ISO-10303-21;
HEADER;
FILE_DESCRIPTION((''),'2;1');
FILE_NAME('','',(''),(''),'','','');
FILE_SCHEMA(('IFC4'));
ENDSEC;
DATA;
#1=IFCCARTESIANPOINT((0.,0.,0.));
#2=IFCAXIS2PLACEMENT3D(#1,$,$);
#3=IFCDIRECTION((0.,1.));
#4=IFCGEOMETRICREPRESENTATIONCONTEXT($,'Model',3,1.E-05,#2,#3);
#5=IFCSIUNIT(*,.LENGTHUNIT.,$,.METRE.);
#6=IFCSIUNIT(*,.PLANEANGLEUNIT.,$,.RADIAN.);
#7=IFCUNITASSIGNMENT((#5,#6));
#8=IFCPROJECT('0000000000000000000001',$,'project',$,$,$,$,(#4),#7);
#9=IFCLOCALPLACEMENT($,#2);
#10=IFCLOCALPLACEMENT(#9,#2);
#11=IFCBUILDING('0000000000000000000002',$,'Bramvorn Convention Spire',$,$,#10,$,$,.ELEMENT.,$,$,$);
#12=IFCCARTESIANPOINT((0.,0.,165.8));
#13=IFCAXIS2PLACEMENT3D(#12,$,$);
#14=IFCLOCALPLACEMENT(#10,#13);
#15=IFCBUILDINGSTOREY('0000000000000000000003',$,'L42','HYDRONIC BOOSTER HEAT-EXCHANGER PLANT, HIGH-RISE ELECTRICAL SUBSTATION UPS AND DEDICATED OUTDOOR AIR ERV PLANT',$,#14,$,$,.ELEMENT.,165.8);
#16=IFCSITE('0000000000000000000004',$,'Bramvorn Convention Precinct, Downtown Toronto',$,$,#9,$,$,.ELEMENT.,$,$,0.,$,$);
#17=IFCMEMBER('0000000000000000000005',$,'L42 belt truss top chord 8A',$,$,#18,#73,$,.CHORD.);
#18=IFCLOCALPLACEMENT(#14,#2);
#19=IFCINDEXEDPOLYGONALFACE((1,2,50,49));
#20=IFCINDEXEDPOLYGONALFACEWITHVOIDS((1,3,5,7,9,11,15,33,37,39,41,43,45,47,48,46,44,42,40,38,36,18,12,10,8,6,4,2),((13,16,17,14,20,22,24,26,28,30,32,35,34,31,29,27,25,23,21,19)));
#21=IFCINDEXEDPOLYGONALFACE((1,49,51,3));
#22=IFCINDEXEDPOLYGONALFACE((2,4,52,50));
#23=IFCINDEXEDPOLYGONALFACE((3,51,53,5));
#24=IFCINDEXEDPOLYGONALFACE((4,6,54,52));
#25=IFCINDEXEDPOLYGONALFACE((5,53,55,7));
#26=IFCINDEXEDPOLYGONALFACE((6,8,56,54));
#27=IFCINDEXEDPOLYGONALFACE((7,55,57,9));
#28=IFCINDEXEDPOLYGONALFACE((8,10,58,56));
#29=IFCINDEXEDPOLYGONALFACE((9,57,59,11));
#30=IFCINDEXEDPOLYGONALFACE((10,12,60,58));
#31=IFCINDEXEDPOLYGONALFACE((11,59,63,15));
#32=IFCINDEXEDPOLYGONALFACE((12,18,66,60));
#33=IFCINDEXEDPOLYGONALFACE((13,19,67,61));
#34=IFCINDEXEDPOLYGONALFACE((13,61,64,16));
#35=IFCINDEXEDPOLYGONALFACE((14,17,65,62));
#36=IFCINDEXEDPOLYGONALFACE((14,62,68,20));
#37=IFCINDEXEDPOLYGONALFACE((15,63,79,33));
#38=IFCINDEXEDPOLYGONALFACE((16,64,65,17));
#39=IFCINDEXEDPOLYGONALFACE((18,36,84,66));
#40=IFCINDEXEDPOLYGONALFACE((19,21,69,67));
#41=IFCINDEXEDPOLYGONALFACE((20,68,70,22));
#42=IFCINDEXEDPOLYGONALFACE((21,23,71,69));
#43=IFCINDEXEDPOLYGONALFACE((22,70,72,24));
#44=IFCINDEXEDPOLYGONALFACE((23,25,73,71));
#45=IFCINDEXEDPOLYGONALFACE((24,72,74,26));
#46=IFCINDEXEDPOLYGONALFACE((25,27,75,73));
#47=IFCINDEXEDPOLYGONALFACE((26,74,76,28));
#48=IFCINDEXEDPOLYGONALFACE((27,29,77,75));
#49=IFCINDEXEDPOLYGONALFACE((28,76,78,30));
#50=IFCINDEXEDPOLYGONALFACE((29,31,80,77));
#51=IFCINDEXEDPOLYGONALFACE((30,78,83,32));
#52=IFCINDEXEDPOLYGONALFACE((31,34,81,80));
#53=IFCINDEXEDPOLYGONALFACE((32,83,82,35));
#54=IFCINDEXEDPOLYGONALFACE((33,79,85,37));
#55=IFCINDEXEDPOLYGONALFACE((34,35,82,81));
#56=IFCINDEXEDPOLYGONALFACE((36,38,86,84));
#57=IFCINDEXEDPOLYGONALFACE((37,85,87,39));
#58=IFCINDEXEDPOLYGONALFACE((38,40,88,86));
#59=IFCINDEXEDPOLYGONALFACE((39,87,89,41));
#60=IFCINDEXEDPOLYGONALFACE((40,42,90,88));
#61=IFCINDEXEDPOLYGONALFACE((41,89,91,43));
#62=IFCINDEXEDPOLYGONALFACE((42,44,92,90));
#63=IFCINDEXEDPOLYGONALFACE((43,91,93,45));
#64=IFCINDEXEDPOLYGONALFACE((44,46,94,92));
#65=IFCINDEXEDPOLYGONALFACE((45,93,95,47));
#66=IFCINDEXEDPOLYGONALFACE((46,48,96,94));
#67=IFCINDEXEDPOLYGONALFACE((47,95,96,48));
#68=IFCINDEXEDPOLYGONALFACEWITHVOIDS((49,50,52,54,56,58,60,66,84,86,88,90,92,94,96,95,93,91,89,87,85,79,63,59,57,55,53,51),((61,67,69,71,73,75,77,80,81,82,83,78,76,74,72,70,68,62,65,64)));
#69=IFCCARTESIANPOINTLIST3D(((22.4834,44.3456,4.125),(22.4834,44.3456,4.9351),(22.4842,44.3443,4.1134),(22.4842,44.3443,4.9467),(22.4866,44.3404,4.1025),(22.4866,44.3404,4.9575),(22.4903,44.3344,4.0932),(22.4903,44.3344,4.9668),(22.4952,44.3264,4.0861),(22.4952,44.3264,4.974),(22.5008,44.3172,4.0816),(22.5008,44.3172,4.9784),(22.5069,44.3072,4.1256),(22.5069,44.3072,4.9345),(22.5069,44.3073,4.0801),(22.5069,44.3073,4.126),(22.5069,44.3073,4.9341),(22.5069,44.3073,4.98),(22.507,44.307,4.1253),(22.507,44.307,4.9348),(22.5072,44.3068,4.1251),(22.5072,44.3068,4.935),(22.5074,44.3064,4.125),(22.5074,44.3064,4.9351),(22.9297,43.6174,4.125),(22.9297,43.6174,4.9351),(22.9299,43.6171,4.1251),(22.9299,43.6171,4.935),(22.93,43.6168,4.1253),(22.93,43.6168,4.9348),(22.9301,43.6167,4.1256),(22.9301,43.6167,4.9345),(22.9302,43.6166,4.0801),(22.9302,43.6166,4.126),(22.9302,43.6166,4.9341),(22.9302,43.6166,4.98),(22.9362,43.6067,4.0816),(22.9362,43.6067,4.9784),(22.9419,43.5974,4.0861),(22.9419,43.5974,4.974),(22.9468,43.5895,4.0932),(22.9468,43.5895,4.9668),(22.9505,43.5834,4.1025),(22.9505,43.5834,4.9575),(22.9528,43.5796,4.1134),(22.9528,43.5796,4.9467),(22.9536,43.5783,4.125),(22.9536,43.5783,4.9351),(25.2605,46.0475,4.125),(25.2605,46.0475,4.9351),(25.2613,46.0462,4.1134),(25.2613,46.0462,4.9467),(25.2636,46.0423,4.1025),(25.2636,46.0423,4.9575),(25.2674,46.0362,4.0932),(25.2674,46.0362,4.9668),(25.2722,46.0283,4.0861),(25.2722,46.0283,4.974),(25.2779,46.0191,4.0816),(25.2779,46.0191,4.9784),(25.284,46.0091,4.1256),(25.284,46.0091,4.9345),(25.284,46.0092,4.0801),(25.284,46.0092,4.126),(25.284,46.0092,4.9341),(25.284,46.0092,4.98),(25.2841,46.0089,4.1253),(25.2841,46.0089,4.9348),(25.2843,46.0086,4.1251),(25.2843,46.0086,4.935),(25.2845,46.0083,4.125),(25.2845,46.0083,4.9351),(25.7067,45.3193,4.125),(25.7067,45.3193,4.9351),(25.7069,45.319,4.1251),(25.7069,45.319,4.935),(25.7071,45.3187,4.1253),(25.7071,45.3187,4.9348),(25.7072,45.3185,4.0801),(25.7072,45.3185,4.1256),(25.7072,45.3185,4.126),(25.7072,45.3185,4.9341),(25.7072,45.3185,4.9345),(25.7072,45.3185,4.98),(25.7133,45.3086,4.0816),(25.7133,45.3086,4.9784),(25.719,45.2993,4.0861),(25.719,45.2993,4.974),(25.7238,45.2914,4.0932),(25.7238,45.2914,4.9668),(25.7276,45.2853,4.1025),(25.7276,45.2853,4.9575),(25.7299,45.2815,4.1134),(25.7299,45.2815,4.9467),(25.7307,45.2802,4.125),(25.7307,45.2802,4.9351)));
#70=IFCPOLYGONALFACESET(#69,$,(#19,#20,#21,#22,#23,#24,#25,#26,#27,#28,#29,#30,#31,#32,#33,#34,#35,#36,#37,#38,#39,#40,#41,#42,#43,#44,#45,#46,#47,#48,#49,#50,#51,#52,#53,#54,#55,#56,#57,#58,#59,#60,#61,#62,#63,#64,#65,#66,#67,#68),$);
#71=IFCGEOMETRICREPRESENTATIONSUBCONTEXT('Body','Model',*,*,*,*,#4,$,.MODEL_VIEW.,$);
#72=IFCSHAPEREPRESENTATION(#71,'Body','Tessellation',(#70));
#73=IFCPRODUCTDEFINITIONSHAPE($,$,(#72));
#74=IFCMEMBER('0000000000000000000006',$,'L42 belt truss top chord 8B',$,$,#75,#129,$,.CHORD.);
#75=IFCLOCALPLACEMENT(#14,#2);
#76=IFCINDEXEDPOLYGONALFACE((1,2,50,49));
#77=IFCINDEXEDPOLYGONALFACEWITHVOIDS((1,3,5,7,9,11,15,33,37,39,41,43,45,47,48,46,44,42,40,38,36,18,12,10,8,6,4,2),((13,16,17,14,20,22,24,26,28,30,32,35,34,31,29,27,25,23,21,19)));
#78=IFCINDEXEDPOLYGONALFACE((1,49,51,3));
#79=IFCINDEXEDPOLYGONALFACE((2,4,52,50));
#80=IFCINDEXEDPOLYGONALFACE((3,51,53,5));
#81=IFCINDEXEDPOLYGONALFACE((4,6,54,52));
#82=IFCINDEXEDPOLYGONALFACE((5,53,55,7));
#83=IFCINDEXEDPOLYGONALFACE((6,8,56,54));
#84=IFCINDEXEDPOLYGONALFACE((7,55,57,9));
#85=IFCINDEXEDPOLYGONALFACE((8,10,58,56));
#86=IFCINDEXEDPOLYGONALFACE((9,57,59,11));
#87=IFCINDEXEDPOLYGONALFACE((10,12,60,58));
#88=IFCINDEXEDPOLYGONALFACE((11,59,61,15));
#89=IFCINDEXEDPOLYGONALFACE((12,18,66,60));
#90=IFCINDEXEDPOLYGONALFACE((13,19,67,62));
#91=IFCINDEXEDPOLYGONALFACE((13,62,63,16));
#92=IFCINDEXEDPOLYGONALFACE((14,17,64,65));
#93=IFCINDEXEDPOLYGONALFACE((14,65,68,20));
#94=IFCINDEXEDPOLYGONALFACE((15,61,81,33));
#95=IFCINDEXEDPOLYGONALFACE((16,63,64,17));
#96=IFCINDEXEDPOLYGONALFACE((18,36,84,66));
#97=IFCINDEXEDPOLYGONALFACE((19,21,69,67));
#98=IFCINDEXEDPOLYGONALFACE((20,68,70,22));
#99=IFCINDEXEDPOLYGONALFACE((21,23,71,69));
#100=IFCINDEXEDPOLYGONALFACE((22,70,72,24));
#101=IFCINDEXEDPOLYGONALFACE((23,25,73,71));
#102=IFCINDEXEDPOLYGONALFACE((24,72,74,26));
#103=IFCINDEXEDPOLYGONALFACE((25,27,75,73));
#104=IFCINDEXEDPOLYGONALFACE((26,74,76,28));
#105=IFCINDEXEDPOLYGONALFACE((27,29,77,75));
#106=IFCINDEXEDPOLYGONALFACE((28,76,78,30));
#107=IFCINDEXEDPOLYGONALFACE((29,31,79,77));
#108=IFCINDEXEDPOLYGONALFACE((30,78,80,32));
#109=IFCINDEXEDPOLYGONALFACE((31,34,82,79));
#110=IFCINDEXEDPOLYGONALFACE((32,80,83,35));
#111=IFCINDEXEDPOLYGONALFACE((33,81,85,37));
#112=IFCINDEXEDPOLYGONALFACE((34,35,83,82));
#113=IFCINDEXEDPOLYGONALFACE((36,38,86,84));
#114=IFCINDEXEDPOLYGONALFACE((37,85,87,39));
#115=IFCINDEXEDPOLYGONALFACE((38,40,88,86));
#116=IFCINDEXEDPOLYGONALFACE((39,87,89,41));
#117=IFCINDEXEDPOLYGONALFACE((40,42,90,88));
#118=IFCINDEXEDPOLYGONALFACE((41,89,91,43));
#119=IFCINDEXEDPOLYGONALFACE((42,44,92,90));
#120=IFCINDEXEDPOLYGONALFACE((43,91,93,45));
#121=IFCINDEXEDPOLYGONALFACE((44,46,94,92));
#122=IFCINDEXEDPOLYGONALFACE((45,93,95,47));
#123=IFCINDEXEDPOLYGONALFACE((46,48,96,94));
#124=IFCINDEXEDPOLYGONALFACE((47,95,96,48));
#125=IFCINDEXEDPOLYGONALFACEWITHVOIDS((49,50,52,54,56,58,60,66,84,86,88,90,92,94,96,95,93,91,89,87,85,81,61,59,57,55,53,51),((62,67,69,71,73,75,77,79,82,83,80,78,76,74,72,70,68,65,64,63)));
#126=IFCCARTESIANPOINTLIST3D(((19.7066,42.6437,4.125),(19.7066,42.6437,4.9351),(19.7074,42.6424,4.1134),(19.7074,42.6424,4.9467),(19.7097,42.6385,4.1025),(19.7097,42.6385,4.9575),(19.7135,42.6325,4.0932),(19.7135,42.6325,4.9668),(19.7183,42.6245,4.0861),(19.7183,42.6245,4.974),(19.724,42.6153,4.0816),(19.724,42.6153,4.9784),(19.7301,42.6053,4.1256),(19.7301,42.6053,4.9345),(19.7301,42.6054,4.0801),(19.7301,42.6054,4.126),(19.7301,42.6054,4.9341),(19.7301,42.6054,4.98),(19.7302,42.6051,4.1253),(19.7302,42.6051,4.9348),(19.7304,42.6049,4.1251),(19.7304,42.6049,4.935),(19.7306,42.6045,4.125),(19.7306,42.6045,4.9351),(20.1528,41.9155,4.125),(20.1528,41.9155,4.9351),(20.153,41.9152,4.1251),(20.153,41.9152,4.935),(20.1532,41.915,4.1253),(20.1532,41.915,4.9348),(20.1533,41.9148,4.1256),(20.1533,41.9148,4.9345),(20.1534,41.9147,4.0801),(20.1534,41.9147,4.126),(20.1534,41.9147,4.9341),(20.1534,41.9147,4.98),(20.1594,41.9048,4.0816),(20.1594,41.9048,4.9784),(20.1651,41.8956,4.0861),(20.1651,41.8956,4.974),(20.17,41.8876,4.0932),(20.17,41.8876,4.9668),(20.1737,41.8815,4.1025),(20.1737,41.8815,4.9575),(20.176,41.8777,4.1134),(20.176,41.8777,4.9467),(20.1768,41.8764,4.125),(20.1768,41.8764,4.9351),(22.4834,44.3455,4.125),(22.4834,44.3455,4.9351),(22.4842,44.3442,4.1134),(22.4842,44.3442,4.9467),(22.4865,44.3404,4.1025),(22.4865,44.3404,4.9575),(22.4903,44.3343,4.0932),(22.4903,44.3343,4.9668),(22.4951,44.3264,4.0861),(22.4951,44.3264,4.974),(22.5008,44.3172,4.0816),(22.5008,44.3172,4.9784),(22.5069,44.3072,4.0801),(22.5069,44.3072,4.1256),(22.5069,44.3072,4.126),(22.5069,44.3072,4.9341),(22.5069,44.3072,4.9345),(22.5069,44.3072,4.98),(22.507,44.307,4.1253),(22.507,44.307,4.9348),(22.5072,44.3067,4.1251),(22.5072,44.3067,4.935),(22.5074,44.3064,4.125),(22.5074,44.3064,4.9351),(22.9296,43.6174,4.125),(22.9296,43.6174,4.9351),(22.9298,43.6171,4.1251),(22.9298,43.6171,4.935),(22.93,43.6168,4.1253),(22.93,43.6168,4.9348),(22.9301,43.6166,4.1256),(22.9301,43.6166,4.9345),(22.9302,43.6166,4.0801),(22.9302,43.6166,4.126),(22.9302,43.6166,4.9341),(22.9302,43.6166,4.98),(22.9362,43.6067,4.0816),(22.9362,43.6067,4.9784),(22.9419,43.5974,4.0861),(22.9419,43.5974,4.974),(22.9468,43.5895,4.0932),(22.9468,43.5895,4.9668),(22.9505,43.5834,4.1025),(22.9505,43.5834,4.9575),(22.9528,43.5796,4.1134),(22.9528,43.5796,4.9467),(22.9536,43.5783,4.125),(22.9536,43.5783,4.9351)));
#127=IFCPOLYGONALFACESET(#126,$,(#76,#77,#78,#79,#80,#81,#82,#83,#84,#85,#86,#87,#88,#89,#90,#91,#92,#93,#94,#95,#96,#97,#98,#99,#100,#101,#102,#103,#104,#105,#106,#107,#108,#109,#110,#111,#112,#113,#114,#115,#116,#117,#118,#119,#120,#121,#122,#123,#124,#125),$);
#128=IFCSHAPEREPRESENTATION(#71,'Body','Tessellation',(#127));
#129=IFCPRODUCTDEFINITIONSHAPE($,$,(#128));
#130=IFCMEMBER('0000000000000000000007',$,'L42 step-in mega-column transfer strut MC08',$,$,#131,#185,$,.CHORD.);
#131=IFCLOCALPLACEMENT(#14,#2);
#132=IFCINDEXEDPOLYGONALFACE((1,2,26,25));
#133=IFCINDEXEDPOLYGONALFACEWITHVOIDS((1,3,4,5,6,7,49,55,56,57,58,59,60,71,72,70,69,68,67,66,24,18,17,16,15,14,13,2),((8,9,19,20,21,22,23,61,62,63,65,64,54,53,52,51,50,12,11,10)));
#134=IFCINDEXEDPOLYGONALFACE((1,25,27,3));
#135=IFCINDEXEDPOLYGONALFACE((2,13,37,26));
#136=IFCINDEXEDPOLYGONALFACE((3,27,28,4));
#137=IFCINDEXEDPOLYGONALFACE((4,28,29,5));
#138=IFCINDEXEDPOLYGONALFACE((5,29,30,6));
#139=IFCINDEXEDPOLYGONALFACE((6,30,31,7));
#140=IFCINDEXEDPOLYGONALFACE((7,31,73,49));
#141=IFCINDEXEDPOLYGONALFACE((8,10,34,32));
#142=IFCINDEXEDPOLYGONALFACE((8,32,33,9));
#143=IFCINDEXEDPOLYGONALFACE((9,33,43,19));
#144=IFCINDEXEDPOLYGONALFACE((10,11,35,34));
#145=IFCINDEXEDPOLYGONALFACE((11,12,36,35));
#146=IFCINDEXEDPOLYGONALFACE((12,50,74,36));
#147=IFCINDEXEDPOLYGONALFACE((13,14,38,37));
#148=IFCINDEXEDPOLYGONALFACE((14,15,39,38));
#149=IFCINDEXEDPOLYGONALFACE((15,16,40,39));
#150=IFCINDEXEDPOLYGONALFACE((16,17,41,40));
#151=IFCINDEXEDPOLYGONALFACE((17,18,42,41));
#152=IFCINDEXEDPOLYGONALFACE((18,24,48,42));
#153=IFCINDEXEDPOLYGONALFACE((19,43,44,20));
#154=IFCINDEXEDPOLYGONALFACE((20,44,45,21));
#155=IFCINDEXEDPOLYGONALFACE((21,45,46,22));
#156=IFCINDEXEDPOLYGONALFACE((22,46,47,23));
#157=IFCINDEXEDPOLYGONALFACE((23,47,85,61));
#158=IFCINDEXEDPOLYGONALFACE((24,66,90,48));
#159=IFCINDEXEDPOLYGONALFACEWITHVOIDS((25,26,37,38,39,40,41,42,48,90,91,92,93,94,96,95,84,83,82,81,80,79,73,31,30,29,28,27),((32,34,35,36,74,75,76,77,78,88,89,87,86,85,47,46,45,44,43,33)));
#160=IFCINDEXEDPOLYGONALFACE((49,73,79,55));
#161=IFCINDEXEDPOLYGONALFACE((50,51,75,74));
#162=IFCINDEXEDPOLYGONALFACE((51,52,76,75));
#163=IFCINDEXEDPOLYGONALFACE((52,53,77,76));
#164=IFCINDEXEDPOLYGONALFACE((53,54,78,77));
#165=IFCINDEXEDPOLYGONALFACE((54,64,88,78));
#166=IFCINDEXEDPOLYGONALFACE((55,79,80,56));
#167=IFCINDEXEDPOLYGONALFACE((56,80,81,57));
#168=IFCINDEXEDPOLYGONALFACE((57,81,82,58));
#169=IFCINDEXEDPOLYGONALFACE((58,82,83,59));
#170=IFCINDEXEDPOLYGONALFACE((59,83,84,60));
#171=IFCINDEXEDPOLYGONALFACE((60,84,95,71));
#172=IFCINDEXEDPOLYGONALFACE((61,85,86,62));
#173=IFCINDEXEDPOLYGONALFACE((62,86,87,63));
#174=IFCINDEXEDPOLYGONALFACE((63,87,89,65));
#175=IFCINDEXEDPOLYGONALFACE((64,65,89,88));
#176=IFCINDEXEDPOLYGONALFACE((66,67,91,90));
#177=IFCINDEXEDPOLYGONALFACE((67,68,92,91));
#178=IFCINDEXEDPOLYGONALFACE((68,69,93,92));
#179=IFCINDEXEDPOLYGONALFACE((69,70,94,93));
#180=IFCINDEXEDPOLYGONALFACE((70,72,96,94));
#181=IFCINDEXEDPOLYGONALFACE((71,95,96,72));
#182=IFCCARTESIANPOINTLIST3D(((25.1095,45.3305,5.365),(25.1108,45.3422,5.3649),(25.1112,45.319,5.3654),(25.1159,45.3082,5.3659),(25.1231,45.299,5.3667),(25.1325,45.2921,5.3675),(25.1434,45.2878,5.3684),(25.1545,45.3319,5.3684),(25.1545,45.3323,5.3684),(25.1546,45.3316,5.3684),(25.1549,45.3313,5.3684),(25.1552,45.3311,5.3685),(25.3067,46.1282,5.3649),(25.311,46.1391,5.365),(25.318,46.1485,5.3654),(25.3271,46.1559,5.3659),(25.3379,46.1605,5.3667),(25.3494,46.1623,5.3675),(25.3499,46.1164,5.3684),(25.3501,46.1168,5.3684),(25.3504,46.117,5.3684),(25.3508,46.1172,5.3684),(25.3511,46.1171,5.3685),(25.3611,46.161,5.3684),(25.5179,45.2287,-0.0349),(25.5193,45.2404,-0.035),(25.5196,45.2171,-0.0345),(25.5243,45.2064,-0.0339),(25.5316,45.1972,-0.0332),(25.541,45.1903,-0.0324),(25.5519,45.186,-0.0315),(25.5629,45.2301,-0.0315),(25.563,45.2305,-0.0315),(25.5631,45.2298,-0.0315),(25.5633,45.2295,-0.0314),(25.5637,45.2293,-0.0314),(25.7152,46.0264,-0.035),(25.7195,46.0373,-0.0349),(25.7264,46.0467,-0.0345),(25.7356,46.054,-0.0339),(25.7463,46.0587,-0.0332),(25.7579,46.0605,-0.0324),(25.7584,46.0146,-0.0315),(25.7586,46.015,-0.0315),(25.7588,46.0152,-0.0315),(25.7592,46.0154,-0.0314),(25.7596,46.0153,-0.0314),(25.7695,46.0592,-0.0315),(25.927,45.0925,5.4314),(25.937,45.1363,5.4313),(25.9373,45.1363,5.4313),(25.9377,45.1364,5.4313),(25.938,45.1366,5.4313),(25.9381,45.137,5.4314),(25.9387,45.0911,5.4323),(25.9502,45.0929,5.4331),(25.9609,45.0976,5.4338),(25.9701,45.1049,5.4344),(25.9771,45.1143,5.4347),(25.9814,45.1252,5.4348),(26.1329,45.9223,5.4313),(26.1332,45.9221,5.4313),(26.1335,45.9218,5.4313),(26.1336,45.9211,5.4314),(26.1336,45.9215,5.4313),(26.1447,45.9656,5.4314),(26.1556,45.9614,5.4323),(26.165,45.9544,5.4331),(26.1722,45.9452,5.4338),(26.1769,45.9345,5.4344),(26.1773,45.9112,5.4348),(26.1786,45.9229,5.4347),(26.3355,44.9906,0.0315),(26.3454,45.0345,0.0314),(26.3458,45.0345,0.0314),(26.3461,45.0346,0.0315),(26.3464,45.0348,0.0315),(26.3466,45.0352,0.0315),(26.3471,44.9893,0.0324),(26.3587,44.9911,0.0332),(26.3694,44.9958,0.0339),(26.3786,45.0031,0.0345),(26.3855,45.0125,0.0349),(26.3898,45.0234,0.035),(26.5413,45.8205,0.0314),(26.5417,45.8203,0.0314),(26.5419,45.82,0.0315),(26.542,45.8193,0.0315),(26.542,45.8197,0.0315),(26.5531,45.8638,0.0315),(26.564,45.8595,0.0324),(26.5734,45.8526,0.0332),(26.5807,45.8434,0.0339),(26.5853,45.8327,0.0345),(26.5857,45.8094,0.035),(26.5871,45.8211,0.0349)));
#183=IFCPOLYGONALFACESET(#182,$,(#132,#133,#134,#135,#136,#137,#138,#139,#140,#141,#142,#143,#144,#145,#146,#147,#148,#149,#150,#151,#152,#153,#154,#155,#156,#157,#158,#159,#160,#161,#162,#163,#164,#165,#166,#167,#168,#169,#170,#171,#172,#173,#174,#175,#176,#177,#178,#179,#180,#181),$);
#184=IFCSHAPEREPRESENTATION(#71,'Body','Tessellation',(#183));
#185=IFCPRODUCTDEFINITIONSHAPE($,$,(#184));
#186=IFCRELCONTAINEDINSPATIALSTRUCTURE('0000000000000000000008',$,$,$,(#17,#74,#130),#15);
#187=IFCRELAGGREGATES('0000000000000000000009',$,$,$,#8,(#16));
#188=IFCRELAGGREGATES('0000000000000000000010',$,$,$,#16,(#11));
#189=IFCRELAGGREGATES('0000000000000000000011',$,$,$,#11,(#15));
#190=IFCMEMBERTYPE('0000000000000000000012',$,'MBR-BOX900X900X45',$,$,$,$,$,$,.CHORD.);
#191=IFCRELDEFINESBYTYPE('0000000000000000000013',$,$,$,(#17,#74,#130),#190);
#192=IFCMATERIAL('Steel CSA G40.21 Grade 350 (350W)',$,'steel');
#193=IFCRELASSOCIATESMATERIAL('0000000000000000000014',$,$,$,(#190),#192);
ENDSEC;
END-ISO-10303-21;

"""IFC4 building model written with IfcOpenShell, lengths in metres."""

from ifc_helpers import new_model, si_unit, direction, frame, origin, origin_2d, place, context, subcontext, project, spatial, hollow_rectangle, extrude, material, material_profile, profile_set, type_object, element, save


model = new_model("IFC4")

# Units and contexts
model_context = context("Model", 3, precision=1e-05, world=origin(), true_north=direction((0.0, 1.0)))
body_context = subcontext(model_context, "Body", "Model", "MODEL_VIEW")
ifc_project = project(units=[si_unit("LENGTHUNIT", "METRE"), si_unit("PLANEANGLEUNIT", "RADIAN")], contexts=[model_context])

# Site, building, storey
site_placement = place(None, origin())
site = spatial("IfcSite", under=ifc_project, at=site_placement, Name="Bramvorn Convention Precinct, Downtown Toronto", CompositionType="ELEMENT", RefElevation=0.0)
building_placement = place(site_placement, origin())
building = spatial("IfcBuilding", under=site, at=building_placement, Name="Bramvorn Convention Spire", CompositionType="ELEMENT")
storey_placement = place(building_placement, frame((0.0, 0.0, 165.8)))
storey = spatial("IfcBuildingStorey", under=building, at=storey_placement, Name="L42", Description="HYDRONIC BOOSTER HEAT-EXCHANGER PLANT, HIGH-RISE ELECTRICAL SUBSTATION UPS AND DEDICATED OUTDOOR AIR ERV PLANT", CompositionType="ELEMENT", Elevation=165.8)

# Shared definitions
ifc_material_1 = material(Name="Steel CSA G40.21 Grade 350 (350W)", Category="steel")

# Members
ifc_material_profile_1 = material_profile(ifc_material_1, hollow_rectangle(XDim=0.8999, YDim=0.8999, WallThickness=0.0449, InnerFilletRadius=0.001, OuterFilletRadius=0.0449, at=origin_2d()))
ifc_profile_set_1 = profile_set([ifc_material_profile_1], Name="Steel CSA G40.21 Grade 350 (350W) - BOX900X900X45")
member_type_1 = type_object("IfcMemberType", Name="MBR-BOX900X900X45", PredefinedType="CHORD", material=ifc_profile_set_1)
member_1_placement = place(storey_placement, frame((25.4956, 45.6638, 4.53), z_axis=(-0.852627, -0.52252, 0.0), x_axis=(0.52252, -0.852627, 0.0)))
element("IfcMember", 1, at=member_1_placement, inside=storey, type_object=member_type_1, Name="L42 belt truss top chord 8A", PredefinedType="CHORD", context=body_context, shape_type="SweptSolid", body=[
    extrude(hollow_rectangle(XDim=0.8999, YDim=0.8999, WallThickness=0.0449, InnerFilletRadius=0.001, OuterFilletRadius=0.0449, at=origin_2d()), origin(), (0.0, 0.0, 1.0), 3.2571),
])
member_2_placement = place(storey_placement, frame((22.7185, 43.9619, 4.53), z_axis=(-0.852607, -0.522553, 0.0), x_axis=(0.522553, -0.852607, 0.0)))
element("IfcMember", 2, at=member_2_placement, inside=storey, type_object=member_type_1, Name="L42 belt truss top chord 8B", PredefinedType="CHORD", context=body_context, shape_type="SweptSolid", body=[
    extrude(hollow_rectangle(XDim=0.8999, YDim=0.8999, WallThickness=0.0449, InnerFilletRadius=0.001, OuterFilletRadius=0.0449, at=origin_2d()), origin(), (0.0, 0.0, 1.0), 3.2568),
])
member_3_placement = place(storey_placement, frame((26.0525, 45.5249, 0.0), z_axis=(-0.075411, 0.018796, 0.996975), x_axis=(-0.241853, -0.970313, 0.0)))
element("IfcMember", 3, at=member_3_placement, inside=storey, type_object=member_type_1, Name="L42 step-in mega-column transfer strut MC08", PredefinedType="CHORD", context=body_context, shape_type="SweptSolid", body=[
    extrude(hollow_rectangle(XDim=0.8999, YDim=0.8999, WallThickness=0.0449, InnerFilletRadius=0.001, OuterFilletRadius=0.0449, at=origin_2d()), origin(), (0.0, 0.0, 1.0), 5.4163),
])

save(model, "model.ifc")
